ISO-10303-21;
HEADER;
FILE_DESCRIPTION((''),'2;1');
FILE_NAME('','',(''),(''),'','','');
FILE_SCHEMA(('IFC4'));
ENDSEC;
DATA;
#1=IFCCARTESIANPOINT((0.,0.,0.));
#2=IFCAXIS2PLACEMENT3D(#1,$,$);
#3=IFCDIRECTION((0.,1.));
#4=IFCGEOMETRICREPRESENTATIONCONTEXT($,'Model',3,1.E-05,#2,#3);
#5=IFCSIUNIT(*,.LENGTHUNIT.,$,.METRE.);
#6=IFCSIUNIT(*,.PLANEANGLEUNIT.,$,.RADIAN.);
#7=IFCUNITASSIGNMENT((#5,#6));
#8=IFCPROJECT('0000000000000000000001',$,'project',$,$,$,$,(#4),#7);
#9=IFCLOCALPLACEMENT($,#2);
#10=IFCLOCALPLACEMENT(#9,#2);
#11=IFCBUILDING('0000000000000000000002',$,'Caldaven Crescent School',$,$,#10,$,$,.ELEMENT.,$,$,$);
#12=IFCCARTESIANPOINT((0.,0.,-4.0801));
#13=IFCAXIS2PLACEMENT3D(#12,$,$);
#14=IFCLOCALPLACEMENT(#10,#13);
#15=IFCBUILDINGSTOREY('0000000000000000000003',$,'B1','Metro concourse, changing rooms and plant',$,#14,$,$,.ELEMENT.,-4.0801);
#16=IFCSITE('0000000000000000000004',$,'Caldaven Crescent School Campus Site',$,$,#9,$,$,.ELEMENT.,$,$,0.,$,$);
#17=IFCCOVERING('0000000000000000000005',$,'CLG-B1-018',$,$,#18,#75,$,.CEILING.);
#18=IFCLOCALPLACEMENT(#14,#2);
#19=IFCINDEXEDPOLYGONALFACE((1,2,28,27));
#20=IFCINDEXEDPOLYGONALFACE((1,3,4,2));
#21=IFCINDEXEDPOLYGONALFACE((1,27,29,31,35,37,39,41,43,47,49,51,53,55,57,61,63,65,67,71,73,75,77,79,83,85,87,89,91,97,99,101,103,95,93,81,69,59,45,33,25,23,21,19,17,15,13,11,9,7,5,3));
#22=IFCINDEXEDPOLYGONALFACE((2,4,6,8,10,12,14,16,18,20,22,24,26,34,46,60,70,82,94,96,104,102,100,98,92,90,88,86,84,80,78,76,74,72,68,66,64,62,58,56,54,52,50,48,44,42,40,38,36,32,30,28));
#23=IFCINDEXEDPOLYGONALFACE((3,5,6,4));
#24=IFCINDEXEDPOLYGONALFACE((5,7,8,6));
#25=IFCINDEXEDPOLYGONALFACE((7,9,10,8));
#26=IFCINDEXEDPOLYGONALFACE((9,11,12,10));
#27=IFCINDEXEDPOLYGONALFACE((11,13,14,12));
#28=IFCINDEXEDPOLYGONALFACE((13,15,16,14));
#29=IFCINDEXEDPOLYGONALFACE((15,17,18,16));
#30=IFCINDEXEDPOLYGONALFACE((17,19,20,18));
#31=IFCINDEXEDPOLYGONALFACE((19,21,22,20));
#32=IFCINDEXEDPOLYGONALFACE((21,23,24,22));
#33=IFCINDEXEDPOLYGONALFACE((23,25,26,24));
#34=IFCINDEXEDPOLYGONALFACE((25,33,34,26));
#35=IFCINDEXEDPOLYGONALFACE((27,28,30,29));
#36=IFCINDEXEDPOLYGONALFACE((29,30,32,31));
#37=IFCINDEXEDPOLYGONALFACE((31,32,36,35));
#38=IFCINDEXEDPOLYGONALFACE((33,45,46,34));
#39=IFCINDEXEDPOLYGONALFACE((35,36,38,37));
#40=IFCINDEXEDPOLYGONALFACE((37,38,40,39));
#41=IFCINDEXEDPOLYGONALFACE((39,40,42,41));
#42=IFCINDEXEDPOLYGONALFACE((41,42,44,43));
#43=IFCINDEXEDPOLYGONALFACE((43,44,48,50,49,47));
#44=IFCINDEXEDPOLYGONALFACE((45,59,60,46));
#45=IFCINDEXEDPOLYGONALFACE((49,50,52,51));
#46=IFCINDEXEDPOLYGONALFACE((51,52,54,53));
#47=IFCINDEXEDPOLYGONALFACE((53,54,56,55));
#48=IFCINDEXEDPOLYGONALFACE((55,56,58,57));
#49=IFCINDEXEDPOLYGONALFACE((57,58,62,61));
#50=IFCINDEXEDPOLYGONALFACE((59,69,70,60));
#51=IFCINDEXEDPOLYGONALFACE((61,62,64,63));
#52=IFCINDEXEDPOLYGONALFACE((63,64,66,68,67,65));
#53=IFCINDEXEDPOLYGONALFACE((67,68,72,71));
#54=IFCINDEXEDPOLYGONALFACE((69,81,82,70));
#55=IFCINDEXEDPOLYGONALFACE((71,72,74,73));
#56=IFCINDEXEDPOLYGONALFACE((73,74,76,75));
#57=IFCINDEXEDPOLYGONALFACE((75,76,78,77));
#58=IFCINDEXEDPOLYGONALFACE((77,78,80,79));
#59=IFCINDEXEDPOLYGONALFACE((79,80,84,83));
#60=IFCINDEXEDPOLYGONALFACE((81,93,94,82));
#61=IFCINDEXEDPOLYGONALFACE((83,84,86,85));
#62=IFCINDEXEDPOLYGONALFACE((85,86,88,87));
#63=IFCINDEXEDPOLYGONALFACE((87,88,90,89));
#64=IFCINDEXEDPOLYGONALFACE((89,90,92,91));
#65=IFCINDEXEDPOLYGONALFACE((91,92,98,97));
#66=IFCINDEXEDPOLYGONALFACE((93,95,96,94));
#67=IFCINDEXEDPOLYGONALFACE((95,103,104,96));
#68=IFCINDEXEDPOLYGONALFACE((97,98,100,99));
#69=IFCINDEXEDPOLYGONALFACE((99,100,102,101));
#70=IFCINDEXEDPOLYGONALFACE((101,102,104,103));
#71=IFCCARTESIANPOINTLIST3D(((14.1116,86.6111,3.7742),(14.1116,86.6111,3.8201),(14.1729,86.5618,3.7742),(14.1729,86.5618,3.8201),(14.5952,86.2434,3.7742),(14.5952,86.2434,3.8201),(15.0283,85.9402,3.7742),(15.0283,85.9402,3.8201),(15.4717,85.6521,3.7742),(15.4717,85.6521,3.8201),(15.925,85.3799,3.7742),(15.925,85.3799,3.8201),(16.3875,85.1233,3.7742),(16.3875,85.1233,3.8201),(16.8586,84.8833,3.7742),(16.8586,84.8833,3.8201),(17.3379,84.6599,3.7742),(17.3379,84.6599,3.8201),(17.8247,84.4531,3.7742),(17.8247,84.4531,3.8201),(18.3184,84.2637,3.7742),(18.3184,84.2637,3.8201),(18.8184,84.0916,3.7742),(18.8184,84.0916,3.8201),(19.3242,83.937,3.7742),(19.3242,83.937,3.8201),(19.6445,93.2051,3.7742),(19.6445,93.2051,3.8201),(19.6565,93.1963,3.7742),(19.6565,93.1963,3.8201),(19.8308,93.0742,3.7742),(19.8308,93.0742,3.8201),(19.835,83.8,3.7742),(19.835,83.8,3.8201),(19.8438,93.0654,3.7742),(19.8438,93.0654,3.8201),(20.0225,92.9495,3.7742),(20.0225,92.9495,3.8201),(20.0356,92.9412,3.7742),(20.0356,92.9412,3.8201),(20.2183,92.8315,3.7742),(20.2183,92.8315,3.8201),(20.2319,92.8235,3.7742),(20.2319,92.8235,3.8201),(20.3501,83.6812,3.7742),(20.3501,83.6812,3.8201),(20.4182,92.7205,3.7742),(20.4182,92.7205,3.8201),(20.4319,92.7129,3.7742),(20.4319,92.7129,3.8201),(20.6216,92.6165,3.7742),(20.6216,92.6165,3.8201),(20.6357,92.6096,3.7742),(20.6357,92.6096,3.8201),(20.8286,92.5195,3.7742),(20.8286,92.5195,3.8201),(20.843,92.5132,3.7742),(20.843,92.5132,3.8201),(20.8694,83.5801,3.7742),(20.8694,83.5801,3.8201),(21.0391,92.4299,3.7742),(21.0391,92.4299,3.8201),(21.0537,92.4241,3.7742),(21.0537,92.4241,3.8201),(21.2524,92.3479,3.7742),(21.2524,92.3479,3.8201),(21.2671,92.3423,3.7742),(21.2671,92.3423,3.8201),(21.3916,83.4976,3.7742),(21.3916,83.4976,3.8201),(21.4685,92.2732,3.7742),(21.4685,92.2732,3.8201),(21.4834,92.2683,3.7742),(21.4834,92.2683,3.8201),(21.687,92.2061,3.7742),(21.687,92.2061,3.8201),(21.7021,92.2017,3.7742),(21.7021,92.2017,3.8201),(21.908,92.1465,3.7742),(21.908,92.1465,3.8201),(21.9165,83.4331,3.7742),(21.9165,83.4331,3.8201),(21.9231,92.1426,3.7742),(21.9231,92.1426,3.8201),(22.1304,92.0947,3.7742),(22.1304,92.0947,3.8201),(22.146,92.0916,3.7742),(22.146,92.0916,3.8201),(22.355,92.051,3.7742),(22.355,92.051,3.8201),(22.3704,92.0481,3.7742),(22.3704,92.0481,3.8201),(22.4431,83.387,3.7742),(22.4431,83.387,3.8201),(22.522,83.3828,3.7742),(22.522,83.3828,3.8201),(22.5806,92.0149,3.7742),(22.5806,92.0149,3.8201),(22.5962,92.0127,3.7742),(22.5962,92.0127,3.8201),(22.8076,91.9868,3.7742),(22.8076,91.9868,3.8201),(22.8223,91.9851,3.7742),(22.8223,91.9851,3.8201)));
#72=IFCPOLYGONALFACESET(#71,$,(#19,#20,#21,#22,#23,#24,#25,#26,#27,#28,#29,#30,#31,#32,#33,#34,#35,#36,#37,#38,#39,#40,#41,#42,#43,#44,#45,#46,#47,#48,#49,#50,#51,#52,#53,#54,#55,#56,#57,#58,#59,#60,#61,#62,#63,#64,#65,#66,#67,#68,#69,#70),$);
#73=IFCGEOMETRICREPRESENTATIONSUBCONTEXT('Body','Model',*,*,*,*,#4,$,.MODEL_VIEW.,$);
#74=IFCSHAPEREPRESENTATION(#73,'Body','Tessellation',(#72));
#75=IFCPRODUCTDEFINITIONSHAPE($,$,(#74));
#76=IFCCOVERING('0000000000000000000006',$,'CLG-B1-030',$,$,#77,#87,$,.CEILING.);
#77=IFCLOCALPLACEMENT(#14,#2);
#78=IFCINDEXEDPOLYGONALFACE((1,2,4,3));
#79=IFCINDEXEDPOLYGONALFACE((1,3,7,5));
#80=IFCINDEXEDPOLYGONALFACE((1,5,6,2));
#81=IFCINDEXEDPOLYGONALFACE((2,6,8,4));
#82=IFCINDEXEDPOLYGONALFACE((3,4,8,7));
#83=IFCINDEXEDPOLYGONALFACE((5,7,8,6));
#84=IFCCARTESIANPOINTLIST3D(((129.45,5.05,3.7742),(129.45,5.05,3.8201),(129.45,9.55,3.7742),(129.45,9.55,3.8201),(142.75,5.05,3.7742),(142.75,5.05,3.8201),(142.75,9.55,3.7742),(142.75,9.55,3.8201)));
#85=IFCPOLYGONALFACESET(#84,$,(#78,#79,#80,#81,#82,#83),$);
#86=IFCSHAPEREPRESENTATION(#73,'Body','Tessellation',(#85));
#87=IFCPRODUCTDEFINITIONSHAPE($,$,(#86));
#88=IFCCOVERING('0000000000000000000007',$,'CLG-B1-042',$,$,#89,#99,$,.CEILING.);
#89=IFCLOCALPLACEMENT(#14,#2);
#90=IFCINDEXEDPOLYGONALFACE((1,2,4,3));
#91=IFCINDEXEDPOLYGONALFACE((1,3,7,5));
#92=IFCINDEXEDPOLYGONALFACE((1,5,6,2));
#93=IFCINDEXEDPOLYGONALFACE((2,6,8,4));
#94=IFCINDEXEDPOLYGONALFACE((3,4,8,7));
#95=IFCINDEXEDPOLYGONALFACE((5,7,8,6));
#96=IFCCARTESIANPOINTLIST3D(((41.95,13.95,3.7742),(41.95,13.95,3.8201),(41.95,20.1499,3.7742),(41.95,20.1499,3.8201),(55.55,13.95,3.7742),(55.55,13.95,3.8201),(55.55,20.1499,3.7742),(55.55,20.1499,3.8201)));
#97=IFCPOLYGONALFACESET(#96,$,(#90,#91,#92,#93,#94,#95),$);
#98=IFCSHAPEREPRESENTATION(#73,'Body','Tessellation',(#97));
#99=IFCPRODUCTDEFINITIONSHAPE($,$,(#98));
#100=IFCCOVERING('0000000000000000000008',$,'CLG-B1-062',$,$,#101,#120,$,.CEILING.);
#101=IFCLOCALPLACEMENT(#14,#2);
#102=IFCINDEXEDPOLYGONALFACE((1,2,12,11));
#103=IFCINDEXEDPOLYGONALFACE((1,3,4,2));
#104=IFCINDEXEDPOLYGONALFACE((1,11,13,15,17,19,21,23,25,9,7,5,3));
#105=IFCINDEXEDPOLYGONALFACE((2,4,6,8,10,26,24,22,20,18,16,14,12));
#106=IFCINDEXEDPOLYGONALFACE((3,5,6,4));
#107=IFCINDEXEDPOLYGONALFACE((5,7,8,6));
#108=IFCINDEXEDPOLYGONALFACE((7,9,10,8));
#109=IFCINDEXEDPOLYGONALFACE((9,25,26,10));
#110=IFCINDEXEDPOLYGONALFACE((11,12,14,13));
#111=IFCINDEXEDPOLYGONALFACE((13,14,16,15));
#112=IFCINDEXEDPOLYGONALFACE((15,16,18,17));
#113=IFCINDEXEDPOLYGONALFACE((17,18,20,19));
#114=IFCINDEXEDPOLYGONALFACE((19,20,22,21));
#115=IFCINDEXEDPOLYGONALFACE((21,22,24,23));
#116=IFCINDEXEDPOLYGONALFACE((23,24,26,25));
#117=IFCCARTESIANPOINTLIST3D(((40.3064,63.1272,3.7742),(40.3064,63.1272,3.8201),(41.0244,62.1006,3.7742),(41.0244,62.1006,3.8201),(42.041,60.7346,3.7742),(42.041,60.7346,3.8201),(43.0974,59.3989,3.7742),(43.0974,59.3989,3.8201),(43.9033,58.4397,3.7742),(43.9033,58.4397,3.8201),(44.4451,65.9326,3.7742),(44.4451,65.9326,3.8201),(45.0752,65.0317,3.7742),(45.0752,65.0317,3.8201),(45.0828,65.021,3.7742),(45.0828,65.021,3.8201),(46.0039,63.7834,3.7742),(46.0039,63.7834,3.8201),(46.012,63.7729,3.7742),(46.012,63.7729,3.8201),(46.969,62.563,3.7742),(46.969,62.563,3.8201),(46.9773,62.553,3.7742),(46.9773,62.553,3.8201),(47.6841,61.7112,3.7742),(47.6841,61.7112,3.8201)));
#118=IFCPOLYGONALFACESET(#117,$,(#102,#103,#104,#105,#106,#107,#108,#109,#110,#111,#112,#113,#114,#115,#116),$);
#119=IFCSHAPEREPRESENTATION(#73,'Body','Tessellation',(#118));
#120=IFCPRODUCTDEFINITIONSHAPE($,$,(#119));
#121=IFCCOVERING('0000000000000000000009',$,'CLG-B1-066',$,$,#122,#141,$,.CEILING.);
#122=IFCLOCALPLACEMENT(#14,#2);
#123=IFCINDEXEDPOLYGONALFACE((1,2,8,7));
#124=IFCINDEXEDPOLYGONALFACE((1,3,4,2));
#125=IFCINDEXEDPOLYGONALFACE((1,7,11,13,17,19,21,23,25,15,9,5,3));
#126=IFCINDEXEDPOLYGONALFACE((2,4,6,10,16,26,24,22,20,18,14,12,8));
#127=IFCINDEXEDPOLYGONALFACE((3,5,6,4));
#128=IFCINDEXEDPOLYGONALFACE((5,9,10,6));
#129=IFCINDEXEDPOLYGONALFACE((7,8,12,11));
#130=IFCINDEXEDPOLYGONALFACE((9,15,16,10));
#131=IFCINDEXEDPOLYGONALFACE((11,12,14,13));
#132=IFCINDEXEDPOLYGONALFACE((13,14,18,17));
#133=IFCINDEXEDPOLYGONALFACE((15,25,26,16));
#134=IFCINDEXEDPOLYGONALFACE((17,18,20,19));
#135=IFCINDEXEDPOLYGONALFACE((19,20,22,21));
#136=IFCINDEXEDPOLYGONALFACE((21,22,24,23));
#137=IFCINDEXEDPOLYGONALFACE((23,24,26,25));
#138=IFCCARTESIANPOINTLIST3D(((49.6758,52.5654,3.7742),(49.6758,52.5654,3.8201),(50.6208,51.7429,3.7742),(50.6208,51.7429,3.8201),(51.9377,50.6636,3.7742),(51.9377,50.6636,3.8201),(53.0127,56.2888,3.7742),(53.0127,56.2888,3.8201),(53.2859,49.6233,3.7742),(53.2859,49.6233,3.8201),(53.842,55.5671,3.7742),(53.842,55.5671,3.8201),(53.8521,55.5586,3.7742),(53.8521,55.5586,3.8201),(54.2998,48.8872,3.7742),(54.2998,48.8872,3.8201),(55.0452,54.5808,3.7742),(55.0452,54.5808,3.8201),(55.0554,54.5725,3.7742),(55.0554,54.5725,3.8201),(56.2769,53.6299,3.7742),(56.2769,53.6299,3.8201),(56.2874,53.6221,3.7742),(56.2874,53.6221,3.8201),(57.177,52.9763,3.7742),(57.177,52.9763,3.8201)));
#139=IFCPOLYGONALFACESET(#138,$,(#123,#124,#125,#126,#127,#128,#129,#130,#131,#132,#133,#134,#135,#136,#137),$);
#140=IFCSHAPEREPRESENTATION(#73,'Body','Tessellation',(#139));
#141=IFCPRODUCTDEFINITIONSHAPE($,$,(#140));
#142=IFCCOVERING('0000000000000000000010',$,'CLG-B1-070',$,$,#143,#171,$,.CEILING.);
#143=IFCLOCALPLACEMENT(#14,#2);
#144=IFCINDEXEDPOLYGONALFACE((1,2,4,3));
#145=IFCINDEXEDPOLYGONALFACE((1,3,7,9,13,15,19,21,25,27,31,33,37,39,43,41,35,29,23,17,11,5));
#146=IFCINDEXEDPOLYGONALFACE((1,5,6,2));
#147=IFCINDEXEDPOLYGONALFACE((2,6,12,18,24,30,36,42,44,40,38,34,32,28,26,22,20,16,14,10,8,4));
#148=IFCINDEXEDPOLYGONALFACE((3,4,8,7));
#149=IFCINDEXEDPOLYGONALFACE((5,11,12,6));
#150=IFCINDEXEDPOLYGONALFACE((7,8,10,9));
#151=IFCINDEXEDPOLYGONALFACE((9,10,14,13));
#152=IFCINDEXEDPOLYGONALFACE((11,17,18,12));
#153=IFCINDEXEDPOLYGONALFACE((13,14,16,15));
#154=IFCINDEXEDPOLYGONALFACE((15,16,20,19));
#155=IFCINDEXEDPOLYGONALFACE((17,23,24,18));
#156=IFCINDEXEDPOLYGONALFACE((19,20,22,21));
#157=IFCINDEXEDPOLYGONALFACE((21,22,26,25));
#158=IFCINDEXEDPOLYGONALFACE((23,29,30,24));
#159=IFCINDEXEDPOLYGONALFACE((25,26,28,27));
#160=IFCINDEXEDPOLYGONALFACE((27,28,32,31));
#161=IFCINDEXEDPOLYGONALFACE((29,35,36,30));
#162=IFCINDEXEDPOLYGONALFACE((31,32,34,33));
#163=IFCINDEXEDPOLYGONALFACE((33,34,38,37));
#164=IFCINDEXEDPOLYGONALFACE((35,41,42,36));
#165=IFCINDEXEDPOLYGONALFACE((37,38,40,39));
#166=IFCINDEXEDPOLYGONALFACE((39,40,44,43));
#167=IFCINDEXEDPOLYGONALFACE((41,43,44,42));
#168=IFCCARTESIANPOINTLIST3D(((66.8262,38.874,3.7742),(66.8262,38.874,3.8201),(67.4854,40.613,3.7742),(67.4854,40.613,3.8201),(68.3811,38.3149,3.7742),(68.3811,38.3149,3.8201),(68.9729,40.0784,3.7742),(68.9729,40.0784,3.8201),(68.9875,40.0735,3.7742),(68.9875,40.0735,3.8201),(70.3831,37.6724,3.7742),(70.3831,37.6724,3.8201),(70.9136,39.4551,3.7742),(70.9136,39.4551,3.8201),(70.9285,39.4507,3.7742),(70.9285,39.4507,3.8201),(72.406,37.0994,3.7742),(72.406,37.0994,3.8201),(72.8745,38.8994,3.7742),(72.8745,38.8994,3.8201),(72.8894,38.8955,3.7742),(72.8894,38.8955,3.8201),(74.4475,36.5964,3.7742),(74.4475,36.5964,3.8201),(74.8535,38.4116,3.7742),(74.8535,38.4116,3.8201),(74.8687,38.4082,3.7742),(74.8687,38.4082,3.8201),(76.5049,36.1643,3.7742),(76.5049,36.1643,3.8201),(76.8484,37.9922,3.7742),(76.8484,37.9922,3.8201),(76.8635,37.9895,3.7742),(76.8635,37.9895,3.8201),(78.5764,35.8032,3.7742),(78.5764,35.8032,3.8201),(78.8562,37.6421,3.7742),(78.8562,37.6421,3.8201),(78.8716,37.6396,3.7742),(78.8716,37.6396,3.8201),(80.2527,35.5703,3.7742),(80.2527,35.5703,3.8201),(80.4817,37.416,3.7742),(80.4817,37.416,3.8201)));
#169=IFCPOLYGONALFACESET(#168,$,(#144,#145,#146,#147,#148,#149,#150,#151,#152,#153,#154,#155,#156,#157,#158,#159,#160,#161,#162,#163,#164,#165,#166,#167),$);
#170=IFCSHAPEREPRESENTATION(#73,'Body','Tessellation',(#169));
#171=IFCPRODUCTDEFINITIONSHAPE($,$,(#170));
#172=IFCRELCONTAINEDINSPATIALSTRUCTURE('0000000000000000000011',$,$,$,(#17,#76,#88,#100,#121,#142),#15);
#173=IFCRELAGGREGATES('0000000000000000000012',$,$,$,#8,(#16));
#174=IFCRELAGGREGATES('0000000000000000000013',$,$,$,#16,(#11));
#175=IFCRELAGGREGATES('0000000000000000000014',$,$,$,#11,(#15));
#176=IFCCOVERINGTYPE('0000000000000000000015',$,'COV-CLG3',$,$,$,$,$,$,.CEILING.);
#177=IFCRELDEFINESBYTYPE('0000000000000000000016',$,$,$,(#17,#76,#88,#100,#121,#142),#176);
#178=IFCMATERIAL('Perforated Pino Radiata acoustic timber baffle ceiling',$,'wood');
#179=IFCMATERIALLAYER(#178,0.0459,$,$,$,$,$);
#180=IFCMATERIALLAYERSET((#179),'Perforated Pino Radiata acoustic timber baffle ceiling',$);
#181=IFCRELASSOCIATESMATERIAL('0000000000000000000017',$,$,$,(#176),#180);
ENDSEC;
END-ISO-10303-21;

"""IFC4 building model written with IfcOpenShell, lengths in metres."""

from ifc_helpers import new_model, si_unit, direction, frame, origin, place, context, subcontext, project, spatial, polyline, outline, extrude, material, layer, layer_set, type_object, element, save


model = new_model("IFC4")

# Units and contexts
model_context = context("Model", 3, precision=1e-05, world=origin(), true_north=direction((0.0, 1.0)))
body_context = subcontext(model_context, "Body", "Model", "MODEL_VIEW")
ifc_project = project(units=[si_unit("LENGTHUNIT", "METRE"), si_unit("PLANEANGLEUNIT", "RADIAN")], contexts=[model_context])

# Site, building, storey
site_placement = place(None, origin())
site = spatial("IfcSite", under=ifc_project, at=site_placement, Name="Caldaven Crescent School Campus Site", CompositionType="ELEMENT", RefElevation=0.0)
building_placement = place(site_placement, origin())
building = spatial("IfcBuilding", under=site, at=building_placement, Name="Caldaven Crescent School", CompositionType="ELEMENT")
storey_placement = place(building_placement, frame((0.0, 0.0, -4.0801)))
storey = spatial("IfcBuildingStorey", under=building, at=storey_placement, Name="B1", Description="Metro concourse, changing rooms and plant", CompositionType="ELEMENT", Elevation=-4.0801)

# Coverings
ifc_material_1 = material(Name="Perforated Pino Radiata acoustic timber baffle ceiling", Category="wood")
ifc_layer_1 = layer(ifc_material_1, 0.0459)
ifc_layer_set_1 = layer_set([ifc_layer_1], Name="Perforated Pino Radiata acoustic timber baffle ceiling")
covering_type_1 = type_object("IfcCoveringType", Name="COV-CLG3", PredefinedType="CEILING", material=ifc_layer_set_1)
covering_1_placement = place(storey_placement, frame((0.0, 0.0, 3.7742)))
element("IfcCovering", 1, at=covering_1_placement, inside=storey, type_object=covering_type_1, Name="CLG-B1-018", PredefinedType="CEILING", context=body_context, shape_type="SweptSolid", body=[
    extrude(outline(polyline([(19.6565, 93.1963), (19.8308, 93.0742), (19.8438, 93.0654), (20.0225, 92.9495), (20.0356, 92.9412), (20.2183, 92.8315), (20.2319, 92.8235), (20.4182, 92.7205), (20.4319, 92.7129), (20.6216, 92.6165), (20.6357, 92.6096), (20.8286, 92.5195), (20.843, 92.5132), (21.0391, 92.4299), (21.0537, 92.4241), (21.2524, 92.3479), (21.2671, 92.3423), (21.4685, 92.2732), (21.4834, 92.2683), (21.687, 92.2061), (21.7021, 92.2017), (21.908, 92.1465), (21.9231, 92.1426), (22.1304, 92.0947), (22.146, 92.0916), (22.355, 92.051), (22.3704, 92.0481), (22.5806, 92.0149), (22.5962, 92.0127), (22.8076, 91.9868), (22.8223, 91.9851), (22.522, 83.3828), (22.4431, 83.387), (21.9165, 83.4331), (21.3916, 83.4976), (20.8694, 83.5801), (20.3501, 83.6812), (19.835, 83.8), (19.3242, 83.937), (18.8184, 84.0916), (18.3184, 84.2637), (17.8247, 84.4531), (17.3379, 84.6599), (16.8586, 84.8833), (16.3875, 85.1233), (15.925, 85.3799), (15.4717, 85.6521), (15.0283, 85.9402), (14.5952, 86.2434), (14.1729, 86.5618), (14.1116, 86.6111), (19.6445, 93.2051), (19.6565, 93.1963)])), origin(), (0.0, 0.0, 1.0), 0.0459),
])
covering_2_placement = place(storey_placement, frame((0.0, 0.0, 3.7742)))
element("IfcCovering", 2, at=covering_2_placement, inside=storey, type_object=covering_type_1, Name="CLG-B1-030", PredefinedType="CEILING", context=body_context, shape_type="SweptSolid", body=[
    extrude(outline(polyline([(142.75, 9.55), (142.75, 5.05), (129.45, 5.05), (129.45, 9.55), (142.75, 9.55)])), origin(), (0.0, 0.0, 1.0), 0.0459),
])
covering_3_placement = place(storey_placement, frame((0.0, 0.0, 3.7742)))
element("IfcCovering", 3, at=covering_3_placement, inside=storey, type_object=covering_type_1, Name="CLG-B1-042", PredefinedType="CEILING", context=body_context, shape_type="SweptSolid", body=[
    extrude(outline(polyline([(55.55, 20.1499), (55.55, 13.95), (41.95, 13.95), (41.95, 20.1499), (55.55, 20.1499)])), origin(), (0.0, 0.0, 1.0), 0.0459),
])
covering_4_placement = place(storey_placement, frame((0.0, 0.0, 3.7742)))
element("IfcCovering", 4, at=covering_4_placement, inside=storey, type_object=covering_type_1, Name="CLG-B1-062", PredefinedType="CEILING", context=body_context, shape_type="SweptSolid", body=[
    extrude(outline(polyline([(45.0752, 65.0317), (45.0828, 65.021), (46.0039, 63.7834), (46.012, 63.7729), (46.969, 62.563), (46.9773, 62.553), (47.6841, 61.7112), (43.9033, 58.4397), (43.0974, 59.3989), (42.041, 60.7346), (41.0244, 62.1006), (40.3064, 63.1272), (44.4451, 65.9326), (45.0752, 65.0317)])), origin(), (0.0, 0.0, 1.0), 0.0459),
])
covering_5_placement = place(storey_placement, frame((0.0, 0.0, 3.7742)))
element("IfcCovering", 5, at=covering_5_placement, inside=storey, type_object=covering_type_1, Name="CLG-B1-066", PredefinedType="CEILING", context=body_context, shape_type="SweptSolid", body=[
    extrude(outline(polyline([(53.842, 55.5671), (53.8521, 55.5586), (55.0452, 54.5808), (55.0554, 54.5725), (56.2769, 53.6299), (56.2874, 53.6221), (57.177, 52.9763), (54.2998, 48.8872), (53.2859, 49.6233), (51.9377, 50.6636), (50.6208, 51.7429), (49.6758, 52.5654), (53.0127, 56.2888), (53.842, 55.5671)])), origin(), (0.0, 0.0, 1.0), 0.0459),
])
covering_6_placement = place(storey_placement, frame((0.0, 0.0, 3.7742)))
element("IfcCovering", 6, at=covering_6_placement, inside=storey, type_object=covering_type_1, Name="CLG-B1-070", PredefinedType="CEILING", context=body_context, shape_type="SweptSolid", body=[
    extrude(outline(polyline([(68.9729, 40.0784), (68.9875, 40.0735), (70.9136, 39.4551), (70.9285, 39.4507), (72.8745, 38.8994), (72.8894, 38.8955), (74.8535, 38.4116), (74.8687, 38.4082), (76.8484, 37.9922), (76.8635, 37.9895), (78.8562, 37.6421), (78.8716, 37.6396), (80.4817, 37.416), (80.2527, 35.5703), (78.5764, 35.8032), (76.5049, 36.1643), (74.4475, 36.5964), (72.406, 37.0994), (70.3831, 37.6724), (68.3811, 38.3149), (66.8262, 38.874), (67.4854, 40.613), (68.9729, 40.0784)])), origin(), (0.0, 0.0, 1.0), 0.0459),
])

save(model, "model.ifc")
